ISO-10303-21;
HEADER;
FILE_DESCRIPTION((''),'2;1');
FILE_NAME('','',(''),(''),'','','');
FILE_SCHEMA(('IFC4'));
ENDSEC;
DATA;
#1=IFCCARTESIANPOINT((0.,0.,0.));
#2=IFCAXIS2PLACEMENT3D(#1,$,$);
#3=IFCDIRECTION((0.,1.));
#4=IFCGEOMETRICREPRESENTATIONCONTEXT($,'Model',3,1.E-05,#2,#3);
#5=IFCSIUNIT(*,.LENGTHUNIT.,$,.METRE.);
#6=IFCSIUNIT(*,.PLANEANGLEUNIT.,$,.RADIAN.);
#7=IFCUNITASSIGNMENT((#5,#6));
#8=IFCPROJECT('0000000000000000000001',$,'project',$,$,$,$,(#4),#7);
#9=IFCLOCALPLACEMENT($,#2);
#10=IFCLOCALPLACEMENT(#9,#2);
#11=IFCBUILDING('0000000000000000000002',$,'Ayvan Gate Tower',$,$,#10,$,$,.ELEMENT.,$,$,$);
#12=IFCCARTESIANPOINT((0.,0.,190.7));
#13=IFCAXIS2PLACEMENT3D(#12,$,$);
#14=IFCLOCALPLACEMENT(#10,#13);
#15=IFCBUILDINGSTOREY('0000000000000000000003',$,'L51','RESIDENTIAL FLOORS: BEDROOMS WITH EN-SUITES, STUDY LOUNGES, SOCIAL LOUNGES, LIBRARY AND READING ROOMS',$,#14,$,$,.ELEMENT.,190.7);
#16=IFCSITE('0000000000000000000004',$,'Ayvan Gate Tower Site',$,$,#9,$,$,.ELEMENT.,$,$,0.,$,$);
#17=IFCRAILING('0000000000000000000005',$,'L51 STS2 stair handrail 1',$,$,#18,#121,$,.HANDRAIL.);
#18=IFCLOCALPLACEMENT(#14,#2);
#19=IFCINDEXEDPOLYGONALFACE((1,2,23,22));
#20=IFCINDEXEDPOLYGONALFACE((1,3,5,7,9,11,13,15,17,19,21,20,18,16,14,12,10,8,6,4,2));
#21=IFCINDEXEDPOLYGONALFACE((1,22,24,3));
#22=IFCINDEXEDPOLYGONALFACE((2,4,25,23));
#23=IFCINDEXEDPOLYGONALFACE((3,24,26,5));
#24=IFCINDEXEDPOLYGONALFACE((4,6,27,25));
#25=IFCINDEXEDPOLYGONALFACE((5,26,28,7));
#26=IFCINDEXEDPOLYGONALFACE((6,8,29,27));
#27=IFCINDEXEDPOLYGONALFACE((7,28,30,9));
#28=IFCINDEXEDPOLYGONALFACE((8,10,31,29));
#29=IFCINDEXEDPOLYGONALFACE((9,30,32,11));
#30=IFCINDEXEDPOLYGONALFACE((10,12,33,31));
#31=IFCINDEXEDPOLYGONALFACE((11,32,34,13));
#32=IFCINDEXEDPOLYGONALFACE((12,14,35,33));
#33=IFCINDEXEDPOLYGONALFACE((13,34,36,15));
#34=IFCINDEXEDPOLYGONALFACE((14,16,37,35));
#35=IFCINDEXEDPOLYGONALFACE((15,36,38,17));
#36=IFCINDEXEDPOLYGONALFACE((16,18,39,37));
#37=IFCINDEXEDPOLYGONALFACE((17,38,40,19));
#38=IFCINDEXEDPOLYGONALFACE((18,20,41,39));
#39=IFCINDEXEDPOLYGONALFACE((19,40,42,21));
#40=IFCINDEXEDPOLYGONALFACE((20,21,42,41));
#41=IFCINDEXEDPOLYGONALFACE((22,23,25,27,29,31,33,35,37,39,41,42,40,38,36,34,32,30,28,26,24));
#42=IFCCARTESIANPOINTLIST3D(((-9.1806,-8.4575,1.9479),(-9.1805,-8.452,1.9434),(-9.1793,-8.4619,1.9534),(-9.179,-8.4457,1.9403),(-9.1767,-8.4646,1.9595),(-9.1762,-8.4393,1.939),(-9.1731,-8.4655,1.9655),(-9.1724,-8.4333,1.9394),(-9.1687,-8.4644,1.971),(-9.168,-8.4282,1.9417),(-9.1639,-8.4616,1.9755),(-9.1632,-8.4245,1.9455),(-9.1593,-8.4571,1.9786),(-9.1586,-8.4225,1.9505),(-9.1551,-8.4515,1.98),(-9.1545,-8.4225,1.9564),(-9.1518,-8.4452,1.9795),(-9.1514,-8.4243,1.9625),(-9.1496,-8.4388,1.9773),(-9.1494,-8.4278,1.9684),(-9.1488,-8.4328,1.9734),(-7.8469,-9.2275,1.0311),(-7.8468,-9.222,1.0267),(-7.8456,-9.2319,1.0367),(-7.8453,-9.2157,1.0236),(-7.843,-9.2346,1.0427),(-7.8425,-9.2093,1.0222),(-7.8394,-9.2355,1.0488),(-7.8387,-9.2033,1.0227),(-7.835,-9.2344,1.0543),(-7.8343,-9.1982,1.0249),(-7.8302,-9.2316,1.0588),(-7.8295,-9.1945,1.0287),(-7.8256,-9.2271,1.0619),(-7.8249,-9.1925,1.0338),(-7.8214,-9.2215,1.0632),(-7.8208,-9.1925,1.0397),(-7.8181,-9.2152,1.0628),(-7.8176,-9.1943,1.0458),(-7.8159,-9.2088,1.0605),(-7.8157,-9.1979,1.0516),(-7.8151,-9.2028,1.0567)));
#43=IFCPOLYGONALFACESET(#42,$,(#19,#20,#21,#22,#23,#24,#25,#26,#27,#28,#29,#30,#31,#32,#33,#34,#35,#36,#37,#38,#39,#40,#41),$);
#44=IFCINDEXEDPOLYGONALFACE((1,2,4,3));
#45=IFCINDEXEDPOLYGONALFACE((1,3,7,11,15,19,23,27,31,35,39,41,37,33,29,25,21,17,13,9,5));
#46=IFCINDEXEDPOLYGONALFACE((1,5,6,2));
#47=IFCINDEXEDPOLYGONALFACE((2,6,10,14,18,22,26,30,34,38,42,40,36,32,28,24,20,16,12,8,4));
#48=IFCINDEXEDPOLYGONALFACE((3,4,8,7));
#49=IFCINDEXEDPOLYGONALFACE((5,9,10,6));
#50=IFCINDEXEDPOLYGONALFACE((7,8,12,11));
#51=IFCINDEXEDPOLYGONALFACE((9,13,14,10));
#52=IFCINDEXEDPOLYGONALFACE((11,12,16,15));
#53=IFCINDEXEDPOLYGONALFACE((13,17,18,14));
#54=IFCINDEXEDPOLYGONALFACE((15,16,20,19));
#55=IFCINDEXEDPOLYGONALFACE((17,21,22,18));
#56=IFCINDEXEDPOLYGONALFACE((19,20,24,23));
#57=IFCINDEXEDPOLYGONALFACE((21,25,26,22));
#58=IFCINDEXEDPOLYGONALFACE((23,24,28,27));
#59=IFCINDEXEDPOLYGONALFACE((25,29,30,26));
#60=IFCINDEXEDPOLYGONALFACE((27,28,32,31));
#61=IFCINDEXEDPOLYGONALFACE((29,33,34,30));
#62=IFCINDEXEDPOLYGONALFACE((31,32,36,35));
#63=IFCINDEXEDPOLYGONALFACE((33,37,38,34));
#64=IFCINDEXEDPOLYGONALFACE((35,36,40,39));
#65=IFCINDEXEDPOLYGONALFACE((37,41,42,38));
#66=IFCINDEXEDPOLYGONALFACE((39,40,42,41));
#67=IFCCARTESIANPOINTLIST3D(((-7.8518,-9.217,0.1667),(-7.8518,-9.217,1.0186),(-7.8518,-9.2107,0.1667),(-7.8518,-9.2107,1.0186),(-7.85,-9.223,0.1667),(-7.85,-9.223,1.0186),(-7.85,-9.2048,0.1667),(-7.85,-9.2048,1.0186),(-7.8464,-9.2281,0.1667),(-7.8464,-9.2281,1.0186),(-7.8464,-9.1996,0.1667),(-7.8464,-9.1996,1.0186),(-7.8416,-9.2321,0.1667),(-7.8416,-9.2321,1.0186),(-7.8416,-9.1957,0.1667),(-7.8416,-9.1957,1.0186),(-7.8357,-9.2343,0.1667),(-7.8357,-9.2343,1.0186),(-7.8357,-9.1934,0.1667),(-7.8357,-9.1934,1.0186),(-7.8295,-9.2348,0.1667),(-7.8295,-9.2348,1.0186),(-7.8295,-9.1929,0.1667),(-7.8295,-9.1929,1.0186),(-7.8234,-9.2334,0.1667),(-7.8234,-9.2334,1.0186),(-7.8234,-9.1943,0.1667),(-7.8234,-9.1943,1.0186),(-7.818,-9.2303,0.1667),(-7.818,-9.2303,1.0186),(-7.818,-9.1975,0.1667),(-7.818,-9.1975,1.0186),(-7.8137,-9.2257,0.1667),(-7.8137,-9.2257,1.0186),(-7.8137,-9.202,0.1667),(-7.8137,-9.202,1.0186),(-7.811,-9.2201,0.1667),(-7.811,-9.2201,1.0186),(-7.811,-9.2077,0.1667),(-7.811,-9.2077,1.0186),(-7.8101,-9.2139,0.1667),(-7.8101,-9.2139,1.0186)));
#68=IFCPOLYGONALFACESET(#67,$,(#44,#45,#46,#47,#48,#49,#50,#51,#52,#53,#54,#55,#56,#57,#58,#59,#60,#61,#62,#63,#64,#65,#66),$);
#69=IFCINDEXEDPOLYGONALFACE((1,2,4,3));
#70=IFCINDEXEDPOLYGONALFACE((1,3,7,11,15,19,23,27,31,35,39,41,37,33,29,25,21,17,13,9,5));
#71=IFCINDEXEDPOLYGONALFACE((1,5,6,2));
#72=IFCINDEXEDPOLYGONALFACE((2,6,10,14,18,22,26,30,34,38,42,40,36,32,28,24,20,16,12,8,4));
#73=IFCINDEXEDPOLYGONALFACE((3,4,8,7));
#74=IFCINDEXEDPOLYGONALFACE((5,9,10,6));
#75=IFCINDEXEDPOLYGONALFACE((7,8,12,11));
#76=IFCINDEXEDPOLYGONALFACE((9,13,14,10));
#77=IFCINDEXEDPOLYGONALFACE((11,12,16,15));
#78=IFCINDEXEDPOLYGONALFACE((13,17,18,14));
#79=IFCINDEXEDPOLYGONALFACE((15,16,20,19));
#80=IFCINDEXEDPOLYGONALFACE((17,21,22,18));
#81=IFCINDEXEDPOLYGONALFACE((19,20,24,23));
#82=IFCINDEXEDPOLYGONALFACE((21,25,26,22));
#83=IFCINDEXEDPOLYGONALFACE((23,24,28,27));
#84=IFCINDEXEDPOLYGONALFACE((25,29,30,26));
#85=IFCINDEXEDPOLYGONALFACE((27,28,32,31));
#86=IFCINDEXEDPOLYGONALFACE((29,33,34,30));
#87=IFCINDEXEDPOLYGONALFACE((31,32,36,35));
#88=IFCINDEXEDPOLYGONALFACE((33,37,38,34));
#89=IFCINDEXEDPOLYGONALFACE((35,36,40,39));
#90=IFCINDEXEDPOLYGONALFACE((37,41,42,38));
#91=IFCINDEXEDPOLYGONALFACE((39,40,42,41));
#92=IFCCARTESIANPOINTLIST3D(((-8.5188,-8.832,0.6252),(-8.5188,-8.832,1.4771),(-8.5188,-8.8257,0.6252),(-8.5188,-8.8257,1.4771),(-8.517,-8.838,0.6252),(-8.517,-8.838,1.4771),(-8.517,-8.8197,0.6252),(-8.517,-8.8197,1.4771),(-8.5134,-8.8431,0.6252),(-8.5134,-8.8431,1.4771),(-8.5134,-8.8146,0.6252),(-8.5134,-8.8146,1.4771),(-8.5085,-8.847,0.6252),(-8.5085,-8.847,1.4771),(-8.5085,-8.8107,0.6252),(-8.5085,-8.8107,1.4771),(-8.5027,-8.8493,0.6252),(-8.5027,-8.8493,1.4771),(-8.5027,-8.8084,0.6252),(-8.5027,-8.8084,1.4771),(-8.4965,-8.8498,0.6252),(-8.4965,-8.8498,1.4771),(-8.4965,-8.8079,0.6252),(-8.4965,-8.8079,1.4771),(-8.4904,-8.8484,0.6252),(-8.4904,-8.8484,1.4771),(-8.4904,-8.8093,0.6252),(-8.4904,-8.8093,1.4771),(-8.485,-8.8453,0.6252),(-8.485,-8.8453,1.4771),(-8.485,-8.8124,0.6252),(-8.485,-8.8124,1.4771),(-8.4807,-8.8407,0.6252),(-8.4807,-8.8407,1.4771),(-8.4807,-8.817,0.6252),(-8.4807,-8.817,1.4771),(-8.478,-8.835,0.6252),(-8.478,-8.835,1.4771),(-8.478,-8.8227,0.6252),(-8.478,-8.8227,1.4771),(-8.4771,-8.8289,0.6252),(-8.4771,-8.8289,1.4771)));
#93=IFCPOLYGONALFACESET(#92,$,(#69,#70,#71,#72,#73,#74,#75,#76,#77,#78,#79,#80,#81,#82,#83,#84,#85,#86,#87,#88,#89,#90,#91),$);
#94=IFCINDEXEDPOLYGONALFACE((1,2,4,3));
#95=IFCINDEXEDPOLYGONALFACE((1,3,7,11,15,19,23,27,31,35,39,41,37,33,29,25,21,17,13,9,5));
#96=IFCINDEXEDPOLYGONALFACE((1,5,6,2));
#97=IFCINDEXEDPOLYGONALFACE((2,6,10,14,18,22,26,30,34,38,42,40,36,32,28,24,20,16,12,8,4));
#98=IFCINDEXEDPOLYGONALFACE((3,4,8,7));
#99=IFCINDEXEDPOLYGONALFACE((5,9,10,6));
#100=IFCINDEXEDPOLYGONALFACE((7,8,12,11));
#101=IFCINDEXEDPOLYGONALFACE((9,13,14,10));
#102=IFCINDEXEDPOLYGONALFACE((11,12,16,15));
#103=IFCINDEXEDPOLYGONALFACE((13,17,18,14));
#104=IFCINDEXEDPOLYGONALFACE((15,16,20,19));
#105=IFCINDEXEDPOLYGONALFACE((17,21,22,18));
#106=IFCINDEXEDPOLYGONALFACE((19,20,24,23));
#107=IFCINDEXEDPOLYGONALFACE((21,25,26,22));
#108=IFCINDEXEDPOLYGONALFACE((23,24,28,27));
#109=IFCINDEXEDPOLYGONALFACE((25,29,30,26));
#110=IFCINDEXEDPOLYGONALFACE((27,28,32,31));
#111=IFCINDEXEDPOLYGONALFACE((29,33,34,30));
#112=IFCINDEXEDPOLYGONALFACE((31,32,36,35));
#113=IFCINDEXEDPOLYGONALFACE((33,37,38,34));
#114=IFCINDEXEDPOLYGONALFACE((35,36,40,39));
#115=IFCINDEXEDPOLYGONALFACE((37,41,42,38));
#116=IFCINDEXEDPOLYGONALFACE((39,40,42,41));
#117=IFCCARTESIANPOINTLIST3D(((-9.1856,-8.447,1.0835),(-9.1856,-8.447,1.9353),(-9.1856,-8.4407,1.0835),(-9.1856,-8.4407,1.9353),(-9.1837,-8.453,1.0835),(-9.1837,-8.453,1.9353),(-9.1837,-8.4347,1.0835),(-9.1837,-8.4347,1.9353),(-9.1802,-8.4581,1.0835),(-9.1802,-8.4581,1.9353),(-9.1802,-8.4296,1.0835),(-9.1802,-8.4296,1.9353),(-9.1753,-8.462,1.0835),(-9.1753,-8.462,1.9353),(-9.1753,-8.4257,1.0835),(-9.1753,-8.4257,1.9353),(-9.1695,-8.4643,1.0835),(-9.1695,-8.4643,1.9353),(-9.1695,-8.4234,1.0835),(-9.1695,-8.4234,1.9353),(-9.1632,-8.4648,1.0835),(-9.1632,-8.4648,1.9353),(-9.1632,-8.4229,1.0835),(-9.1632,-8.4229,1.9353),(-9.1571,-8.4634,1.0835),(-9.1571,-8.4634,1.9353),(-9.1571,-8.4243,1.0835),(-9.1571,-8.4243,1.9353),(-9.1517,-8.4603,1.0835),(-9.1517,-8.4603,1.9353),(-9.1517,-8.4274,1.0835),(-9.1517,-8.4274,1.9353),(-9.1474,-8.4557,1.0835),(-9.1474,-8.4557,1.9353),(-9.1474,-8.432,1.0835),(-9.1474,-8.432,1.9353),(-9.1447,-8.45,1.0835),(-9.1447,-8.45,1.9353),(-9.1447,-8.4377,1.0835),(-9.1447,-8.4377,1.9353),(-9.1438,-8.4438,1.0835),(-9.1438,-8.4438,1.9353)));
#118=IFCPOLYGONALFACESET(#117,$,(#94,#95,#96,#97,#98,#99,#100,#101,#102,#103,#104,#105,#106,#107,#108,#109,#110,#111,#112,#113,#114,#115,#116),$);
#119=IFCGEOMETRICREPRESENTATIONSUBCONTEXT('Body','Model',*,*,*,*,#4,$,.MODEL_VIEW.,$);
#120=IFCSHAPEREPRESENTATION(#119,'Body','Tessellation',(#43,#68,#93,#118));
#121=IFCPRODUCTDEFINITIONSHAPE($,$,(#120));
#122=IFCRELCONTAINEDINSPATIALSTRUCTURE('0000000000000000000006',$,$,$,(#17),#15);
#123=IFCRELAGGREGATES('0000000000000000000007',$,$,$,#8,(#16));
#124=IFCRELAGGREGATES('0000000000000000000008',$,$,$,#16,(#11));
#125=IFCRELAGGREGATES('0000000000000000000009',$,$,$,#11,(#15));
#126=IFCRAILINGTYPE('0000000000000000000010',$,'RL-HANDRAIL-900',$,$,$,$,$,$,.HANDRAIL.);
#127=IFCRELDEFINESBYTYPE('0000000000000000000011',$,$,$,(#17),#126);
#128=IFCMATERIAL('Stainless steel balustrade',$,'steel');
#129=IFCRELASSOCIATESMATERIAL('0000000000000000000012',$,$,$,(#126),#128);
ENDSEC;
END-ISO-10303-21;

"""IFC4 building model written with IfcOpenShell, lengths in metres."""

from ifc_helpers import new_model, si_unit, direction, frame, origin, origin_2d, place, context, subcontext, project, spatial, circle, extrude, material, type_object, element, save


model = new_model("IFC4")

# Units and contexts
model_context = context("Model", 3, precision=1e-05, world=origin(), true_north=direction((0.0, 1.0)))
body_context = subcontext(model_context, "Body", "Model", "MODEL_VIEW")
ifc_project = project(units=[si_unit("LENGTHUNIT", "METRE"), si_unit("PLANEANGLEUNIT", "RADIAN")], contexts=[model_context])

# Site, building, storey
site_placement = place(None, origin())
site = spatial("IfcSite", under=ifc_project, at=site_placement, Name="Ayvan Gate Tower Site", CompositionType="ELEMENT", RefElevation=0.0)
building_placement = place(site_placement, origin())
building = spatial("IfcBuilding", under=site, at=building_placement, Name="Ayvan Gate Tower", CompositionType="ELEMENT")
storey_placement = place(building_placement, frame((0.0, 0.0, 190.7)))
storey = spatial("IfcBuildingStorey", under=building, at=storey_placement, Name="L51", Description="RESIDENTIAL FLOORS: BEDROOMS WITH EN-SUITES, STUDY LOUNGES, SOCIAL LOUNGES, LIBRARY AND READING ROOMS", CompositionType="ELEMENT", Elevation=190.7)

# Railing
ifc_material_1 = material(Name="Stainless steel balustrade", Category="steel")
railing_type_1 = type_object("IfcRailingType", Name="RL-HANDRAIL-900", PredefinedType="HANDRAIL", material=ifc_material_1)
railing_1_placement = place(storey_placement, frame((-7.8311, -9.2139, 0.1667)))
element("IfcRailing", 1, at=railing_1_placement, inside=storey, type_object=railing_type_1, Name="L51 STS2 stair handrail 1", PredefinedType="HANDRAIL", context=body_context, shape_type="SweptSolid", body=[
    extrude(circle(Radius=0.0239, at=origin_2d()), frame((0.0, 0.0, 0.876), z_axis=(-0.744164, 0.429634, 0.511502), x_axis=(-0.499992, -0.86603, 0.0)), (0.0, 0.0, 1.0), 1.7922),
    extrude(circle(Radius=0.021, at=origin_2d()), origin(), (0.0, 0.0, 1.0), 0.8518),
    extrude(circle(Radius=0.021, at=origin_2d()), frame((-0.667, 0.385, 0.4585)), (0.0, 0.0, 1.0), 0.8518),
    extrude(circle(Radius=0.021, at=origin_2d()), frame((-1.3337, 0.77, 0.9167)), (0.0, 0.0, 1.0), 0.8518),
])

save(model, "model.ifc")
